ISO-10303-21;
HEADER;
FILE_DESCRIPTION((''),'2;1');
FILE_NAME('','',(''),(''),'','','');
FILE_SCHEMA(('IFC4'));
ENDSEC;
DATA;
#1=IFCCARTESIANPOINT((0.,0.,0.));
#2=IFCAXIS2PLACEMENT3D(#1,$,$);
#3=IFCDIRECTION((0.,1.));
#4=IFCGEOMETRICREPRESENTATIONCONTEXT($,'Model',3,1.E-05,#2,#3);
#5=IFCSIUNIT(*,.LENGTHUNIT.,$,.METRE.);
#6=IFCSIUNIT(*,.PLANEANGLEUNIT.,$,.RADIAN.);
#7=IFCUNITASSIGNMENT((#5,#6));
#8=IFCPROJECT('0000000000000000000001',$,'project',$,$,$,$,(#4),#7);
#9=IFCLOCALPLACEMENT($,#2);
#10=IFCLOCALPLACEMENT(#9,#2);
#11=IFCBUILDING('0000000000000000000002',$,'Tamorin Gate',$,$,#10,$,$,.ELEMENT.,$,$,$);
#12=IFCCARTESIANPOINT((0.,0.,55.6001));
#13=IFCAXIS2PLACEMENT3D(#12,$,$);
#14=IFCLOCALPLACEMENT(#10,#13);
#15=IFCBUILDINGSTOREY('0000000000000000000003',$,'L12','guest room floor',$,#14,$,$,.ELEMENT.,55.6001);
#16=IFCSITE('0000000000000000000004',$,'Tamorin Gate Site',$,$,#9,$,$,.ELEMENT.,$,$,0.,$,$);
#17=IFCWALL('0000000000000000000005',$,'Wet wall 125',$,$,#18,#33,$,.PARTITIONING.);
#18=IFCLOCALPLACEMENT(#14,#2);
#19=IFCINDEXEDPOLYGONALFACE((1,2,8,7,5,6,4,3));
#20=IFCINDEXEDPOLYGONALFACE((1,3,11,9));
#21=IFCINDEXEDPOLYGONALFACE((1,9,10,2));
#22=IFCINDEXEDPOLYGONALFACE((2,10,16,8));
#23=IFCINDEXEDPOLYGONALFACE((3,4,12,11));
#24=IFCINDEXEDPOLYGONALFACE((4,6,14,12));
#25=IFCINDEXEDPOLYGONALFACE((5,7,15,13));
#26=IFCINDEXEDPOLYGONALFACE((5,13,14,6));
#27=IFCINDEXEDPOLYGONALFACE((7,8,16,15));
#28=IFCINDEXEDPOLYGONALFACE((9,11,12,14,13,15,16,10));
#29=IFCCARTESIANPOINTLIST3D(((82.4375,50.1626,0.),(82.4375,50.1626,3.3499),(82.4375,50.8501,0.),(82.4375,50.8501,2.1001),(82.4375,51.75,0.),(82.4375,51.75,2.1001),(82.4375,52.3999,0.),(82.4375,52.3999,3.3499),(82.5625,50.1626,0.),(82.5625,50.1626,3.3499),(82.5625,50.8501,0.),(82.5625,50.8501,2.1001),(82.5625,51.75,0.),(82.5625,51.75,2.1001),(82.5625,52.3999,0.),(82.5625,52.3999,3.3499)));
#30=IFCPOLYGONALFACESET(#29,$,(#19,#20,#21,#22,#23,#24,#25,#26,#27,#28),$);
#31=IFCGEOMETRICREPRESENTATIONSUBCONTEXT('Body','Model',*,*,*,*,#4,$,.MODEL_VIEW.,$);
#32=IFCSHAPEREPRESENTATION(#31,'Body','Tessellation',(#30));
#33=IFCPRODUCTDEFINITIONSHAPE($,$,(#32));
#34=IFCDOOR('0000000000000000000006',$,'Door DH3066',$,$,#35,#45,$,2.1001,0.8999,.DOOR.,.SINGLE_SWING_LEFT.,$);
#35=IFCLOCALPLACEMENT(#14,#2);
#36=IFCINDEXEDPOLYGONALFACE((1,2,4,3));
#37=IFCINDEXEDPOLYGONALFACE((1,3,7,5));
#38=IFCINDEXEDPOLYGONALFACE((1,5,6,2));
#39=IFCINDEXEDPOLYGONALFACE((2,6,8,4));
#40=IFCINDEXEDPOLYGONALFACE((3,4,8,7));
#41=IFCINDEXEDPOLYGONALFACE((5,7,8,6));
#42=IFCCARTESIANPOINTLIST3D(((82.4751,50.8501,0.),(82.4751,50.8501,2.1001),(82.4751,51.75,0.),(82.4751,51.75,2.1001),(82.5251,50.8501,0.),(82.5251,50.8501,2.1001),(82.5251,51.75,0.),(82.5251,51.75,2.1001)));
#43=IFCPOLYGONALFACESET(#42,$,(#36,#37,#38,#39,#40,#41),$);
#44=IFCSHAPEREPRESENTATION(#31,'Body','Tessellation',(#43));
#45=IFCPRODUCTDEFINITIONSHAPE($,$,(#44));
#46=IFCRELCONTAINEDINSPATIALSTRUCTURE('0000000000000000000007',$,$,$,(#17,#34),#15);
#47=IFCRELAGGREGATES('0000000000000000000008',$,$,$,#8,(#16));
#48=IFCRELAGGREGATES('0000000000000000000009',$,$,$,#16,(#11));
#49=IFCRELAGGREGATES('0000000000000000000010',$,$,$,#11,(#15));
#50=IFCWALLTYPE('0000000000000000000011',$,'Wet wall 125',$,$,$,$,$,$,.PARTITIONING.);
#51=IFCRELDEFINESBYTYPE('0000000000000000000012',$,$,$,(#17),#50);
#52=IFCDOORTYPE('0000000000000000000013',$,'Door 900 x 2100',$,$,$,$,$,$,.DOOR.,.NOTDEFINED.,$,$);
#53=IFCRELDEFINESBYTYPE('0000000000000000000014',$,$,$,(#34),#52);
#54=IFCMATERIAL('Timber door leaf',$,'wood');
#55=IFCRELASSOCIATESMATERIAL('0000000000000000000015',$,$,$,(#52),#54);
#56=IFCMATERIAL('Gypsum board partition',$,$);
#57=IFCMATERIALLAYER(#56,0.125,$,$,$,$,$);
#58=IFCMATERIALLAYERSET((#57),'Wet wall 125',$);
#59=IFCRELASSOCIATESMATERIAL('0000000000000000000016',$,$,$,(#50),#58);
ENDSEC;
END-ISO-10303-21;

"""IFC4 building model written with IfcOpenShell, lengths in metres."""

from ifc_helpers import new_model, si_unit, direction, frame, frame_2d, origin, place, context, subcontext, project, spatial, rectangle, extrude, material, layer, layer_set, type_object, element, fill, save


model = new_model("IFC4")

# Units and contexts
model_context = context("Model", 3, precision=1e-05, world=origin(), true_north=direction((0.0, 1.0)))
body_context = subcontext(model_context, "Body", "Model", "MODEL_VIEW")
ifc_project = project(units=[si_unit("LENGTHUNIT", "METRE"), si_unit("PLANEANGLEUNIT", "RADIAN")], contexts=[model_context])

# Site, building, storey
site_placement = place(None, origin())
site = spatial("IfcSite", under=ifc_project, at=site_placement, Name="Tamorin Gate Site", CompositionType="ELEMENT", RefElevation=0.0)
building_placement = place(site_placement, origin())
building = spatial("IfcBuilding", under=site, at=building_placement, Name="Tamorin Gate", CompositionType="ELEMENT")
storey_placement = place(building_placement, frame((0.0, 0.0, 55.6001)))
storey = spatial("IfcBuildingStorey", under=building, at=storey_placement, Name="L12", Description="guest room floor", CompositionType="ELEMENT", Elevation=55.6001)

# Shared definitions
ifc_material_1 = material(Name="Gypsum board partition")
ifc_material_2 = material(Name="Timber door leaf", Category="wood")
door_type = type_object("IfcDoorType", Name="Door 900 x 2100", OperationType="NOTDEFINED", PredefinedType="DOOR", material=ifc_material_2)

# Shared definitions
ifc_layer_1 = layer(ifc_material_1, 0.125)
ifc_layer_set_1 = layer_set([ifc_layer_1], Name="Wet wall 125")
wall_type_1 = type_object("IfcWallType", Name="Wet wall 125", PredefinedType="PARTITIONING", material=ifc_layer_set_1)

# Wall, opening, door
wall_1_placement = place(storey_placement, frame((82.5, 50.1626, 0.0), z_axis=(0.0, 0.0, 1.0), x_axis=(0.0, 1.0, 0.0)))
wall_1 = element("IfcWall", 1, at=wall_1_placement, inside=storey, type_object=wall_type_1, Name="Wet wall 125", PredefinedType="PARTITIONING", context=body_context, shape_type="SweptSolid", body=[
    extrude(rectangle(XDim=2.2373, YDim=0.125, at=frame_2d((1.1187, 0.0))), origin(), (0.0, 0.0, 1.0), 3.3499),
])
opening_1_placement = place(wall_1_placement, frame((0.6875, 0.0, 0.0)))
opening_1 = element("IfcOpeningElement", 2, at=opening_1_placement, cuts=wall_1, PredefinedType="OPENING", context=body_context, shape_type="SweptSolid", body=[
    extrude(rectangle(XDim=0.8999, YDim=2.1001, at=frame_2d((0.45, 1.05))), frame((0.0, 0.0725, 0.0), z_axis=(0.0, -1.0, 0.0), x_axis=(1.0, 0.0, 0.0)), (0.0, 0.0, 1.0), 0.145),
])
door_1_placement = place(opening_1_placement, origin())
door_1 = element("IfcDoor", 3, at=door_1_placement, inside=storey, type_object=door_type, Name="Door DH3066", OperationType="SINGLE_SWING_LEFT", OverallHeight=2.1001, OverallWidth=0.8999, PredefinedType="DOOR", context=body_context, shape_type="SweptSolid", body=[
    extrude(rectangle(XDim=0.8999, YDim=2.1001, at=frame_2d((0.45, 1.05))), frame((0.0, 0.0249, 0.0), z_axis=(0.0, -1.0, 0.0), x_axis=(1.0, 0.0, 0.0)), (0.0, 0.0, 1.0), 0.05),
])
fill(opening_1, door_1)

save(model, "model.ifc")
